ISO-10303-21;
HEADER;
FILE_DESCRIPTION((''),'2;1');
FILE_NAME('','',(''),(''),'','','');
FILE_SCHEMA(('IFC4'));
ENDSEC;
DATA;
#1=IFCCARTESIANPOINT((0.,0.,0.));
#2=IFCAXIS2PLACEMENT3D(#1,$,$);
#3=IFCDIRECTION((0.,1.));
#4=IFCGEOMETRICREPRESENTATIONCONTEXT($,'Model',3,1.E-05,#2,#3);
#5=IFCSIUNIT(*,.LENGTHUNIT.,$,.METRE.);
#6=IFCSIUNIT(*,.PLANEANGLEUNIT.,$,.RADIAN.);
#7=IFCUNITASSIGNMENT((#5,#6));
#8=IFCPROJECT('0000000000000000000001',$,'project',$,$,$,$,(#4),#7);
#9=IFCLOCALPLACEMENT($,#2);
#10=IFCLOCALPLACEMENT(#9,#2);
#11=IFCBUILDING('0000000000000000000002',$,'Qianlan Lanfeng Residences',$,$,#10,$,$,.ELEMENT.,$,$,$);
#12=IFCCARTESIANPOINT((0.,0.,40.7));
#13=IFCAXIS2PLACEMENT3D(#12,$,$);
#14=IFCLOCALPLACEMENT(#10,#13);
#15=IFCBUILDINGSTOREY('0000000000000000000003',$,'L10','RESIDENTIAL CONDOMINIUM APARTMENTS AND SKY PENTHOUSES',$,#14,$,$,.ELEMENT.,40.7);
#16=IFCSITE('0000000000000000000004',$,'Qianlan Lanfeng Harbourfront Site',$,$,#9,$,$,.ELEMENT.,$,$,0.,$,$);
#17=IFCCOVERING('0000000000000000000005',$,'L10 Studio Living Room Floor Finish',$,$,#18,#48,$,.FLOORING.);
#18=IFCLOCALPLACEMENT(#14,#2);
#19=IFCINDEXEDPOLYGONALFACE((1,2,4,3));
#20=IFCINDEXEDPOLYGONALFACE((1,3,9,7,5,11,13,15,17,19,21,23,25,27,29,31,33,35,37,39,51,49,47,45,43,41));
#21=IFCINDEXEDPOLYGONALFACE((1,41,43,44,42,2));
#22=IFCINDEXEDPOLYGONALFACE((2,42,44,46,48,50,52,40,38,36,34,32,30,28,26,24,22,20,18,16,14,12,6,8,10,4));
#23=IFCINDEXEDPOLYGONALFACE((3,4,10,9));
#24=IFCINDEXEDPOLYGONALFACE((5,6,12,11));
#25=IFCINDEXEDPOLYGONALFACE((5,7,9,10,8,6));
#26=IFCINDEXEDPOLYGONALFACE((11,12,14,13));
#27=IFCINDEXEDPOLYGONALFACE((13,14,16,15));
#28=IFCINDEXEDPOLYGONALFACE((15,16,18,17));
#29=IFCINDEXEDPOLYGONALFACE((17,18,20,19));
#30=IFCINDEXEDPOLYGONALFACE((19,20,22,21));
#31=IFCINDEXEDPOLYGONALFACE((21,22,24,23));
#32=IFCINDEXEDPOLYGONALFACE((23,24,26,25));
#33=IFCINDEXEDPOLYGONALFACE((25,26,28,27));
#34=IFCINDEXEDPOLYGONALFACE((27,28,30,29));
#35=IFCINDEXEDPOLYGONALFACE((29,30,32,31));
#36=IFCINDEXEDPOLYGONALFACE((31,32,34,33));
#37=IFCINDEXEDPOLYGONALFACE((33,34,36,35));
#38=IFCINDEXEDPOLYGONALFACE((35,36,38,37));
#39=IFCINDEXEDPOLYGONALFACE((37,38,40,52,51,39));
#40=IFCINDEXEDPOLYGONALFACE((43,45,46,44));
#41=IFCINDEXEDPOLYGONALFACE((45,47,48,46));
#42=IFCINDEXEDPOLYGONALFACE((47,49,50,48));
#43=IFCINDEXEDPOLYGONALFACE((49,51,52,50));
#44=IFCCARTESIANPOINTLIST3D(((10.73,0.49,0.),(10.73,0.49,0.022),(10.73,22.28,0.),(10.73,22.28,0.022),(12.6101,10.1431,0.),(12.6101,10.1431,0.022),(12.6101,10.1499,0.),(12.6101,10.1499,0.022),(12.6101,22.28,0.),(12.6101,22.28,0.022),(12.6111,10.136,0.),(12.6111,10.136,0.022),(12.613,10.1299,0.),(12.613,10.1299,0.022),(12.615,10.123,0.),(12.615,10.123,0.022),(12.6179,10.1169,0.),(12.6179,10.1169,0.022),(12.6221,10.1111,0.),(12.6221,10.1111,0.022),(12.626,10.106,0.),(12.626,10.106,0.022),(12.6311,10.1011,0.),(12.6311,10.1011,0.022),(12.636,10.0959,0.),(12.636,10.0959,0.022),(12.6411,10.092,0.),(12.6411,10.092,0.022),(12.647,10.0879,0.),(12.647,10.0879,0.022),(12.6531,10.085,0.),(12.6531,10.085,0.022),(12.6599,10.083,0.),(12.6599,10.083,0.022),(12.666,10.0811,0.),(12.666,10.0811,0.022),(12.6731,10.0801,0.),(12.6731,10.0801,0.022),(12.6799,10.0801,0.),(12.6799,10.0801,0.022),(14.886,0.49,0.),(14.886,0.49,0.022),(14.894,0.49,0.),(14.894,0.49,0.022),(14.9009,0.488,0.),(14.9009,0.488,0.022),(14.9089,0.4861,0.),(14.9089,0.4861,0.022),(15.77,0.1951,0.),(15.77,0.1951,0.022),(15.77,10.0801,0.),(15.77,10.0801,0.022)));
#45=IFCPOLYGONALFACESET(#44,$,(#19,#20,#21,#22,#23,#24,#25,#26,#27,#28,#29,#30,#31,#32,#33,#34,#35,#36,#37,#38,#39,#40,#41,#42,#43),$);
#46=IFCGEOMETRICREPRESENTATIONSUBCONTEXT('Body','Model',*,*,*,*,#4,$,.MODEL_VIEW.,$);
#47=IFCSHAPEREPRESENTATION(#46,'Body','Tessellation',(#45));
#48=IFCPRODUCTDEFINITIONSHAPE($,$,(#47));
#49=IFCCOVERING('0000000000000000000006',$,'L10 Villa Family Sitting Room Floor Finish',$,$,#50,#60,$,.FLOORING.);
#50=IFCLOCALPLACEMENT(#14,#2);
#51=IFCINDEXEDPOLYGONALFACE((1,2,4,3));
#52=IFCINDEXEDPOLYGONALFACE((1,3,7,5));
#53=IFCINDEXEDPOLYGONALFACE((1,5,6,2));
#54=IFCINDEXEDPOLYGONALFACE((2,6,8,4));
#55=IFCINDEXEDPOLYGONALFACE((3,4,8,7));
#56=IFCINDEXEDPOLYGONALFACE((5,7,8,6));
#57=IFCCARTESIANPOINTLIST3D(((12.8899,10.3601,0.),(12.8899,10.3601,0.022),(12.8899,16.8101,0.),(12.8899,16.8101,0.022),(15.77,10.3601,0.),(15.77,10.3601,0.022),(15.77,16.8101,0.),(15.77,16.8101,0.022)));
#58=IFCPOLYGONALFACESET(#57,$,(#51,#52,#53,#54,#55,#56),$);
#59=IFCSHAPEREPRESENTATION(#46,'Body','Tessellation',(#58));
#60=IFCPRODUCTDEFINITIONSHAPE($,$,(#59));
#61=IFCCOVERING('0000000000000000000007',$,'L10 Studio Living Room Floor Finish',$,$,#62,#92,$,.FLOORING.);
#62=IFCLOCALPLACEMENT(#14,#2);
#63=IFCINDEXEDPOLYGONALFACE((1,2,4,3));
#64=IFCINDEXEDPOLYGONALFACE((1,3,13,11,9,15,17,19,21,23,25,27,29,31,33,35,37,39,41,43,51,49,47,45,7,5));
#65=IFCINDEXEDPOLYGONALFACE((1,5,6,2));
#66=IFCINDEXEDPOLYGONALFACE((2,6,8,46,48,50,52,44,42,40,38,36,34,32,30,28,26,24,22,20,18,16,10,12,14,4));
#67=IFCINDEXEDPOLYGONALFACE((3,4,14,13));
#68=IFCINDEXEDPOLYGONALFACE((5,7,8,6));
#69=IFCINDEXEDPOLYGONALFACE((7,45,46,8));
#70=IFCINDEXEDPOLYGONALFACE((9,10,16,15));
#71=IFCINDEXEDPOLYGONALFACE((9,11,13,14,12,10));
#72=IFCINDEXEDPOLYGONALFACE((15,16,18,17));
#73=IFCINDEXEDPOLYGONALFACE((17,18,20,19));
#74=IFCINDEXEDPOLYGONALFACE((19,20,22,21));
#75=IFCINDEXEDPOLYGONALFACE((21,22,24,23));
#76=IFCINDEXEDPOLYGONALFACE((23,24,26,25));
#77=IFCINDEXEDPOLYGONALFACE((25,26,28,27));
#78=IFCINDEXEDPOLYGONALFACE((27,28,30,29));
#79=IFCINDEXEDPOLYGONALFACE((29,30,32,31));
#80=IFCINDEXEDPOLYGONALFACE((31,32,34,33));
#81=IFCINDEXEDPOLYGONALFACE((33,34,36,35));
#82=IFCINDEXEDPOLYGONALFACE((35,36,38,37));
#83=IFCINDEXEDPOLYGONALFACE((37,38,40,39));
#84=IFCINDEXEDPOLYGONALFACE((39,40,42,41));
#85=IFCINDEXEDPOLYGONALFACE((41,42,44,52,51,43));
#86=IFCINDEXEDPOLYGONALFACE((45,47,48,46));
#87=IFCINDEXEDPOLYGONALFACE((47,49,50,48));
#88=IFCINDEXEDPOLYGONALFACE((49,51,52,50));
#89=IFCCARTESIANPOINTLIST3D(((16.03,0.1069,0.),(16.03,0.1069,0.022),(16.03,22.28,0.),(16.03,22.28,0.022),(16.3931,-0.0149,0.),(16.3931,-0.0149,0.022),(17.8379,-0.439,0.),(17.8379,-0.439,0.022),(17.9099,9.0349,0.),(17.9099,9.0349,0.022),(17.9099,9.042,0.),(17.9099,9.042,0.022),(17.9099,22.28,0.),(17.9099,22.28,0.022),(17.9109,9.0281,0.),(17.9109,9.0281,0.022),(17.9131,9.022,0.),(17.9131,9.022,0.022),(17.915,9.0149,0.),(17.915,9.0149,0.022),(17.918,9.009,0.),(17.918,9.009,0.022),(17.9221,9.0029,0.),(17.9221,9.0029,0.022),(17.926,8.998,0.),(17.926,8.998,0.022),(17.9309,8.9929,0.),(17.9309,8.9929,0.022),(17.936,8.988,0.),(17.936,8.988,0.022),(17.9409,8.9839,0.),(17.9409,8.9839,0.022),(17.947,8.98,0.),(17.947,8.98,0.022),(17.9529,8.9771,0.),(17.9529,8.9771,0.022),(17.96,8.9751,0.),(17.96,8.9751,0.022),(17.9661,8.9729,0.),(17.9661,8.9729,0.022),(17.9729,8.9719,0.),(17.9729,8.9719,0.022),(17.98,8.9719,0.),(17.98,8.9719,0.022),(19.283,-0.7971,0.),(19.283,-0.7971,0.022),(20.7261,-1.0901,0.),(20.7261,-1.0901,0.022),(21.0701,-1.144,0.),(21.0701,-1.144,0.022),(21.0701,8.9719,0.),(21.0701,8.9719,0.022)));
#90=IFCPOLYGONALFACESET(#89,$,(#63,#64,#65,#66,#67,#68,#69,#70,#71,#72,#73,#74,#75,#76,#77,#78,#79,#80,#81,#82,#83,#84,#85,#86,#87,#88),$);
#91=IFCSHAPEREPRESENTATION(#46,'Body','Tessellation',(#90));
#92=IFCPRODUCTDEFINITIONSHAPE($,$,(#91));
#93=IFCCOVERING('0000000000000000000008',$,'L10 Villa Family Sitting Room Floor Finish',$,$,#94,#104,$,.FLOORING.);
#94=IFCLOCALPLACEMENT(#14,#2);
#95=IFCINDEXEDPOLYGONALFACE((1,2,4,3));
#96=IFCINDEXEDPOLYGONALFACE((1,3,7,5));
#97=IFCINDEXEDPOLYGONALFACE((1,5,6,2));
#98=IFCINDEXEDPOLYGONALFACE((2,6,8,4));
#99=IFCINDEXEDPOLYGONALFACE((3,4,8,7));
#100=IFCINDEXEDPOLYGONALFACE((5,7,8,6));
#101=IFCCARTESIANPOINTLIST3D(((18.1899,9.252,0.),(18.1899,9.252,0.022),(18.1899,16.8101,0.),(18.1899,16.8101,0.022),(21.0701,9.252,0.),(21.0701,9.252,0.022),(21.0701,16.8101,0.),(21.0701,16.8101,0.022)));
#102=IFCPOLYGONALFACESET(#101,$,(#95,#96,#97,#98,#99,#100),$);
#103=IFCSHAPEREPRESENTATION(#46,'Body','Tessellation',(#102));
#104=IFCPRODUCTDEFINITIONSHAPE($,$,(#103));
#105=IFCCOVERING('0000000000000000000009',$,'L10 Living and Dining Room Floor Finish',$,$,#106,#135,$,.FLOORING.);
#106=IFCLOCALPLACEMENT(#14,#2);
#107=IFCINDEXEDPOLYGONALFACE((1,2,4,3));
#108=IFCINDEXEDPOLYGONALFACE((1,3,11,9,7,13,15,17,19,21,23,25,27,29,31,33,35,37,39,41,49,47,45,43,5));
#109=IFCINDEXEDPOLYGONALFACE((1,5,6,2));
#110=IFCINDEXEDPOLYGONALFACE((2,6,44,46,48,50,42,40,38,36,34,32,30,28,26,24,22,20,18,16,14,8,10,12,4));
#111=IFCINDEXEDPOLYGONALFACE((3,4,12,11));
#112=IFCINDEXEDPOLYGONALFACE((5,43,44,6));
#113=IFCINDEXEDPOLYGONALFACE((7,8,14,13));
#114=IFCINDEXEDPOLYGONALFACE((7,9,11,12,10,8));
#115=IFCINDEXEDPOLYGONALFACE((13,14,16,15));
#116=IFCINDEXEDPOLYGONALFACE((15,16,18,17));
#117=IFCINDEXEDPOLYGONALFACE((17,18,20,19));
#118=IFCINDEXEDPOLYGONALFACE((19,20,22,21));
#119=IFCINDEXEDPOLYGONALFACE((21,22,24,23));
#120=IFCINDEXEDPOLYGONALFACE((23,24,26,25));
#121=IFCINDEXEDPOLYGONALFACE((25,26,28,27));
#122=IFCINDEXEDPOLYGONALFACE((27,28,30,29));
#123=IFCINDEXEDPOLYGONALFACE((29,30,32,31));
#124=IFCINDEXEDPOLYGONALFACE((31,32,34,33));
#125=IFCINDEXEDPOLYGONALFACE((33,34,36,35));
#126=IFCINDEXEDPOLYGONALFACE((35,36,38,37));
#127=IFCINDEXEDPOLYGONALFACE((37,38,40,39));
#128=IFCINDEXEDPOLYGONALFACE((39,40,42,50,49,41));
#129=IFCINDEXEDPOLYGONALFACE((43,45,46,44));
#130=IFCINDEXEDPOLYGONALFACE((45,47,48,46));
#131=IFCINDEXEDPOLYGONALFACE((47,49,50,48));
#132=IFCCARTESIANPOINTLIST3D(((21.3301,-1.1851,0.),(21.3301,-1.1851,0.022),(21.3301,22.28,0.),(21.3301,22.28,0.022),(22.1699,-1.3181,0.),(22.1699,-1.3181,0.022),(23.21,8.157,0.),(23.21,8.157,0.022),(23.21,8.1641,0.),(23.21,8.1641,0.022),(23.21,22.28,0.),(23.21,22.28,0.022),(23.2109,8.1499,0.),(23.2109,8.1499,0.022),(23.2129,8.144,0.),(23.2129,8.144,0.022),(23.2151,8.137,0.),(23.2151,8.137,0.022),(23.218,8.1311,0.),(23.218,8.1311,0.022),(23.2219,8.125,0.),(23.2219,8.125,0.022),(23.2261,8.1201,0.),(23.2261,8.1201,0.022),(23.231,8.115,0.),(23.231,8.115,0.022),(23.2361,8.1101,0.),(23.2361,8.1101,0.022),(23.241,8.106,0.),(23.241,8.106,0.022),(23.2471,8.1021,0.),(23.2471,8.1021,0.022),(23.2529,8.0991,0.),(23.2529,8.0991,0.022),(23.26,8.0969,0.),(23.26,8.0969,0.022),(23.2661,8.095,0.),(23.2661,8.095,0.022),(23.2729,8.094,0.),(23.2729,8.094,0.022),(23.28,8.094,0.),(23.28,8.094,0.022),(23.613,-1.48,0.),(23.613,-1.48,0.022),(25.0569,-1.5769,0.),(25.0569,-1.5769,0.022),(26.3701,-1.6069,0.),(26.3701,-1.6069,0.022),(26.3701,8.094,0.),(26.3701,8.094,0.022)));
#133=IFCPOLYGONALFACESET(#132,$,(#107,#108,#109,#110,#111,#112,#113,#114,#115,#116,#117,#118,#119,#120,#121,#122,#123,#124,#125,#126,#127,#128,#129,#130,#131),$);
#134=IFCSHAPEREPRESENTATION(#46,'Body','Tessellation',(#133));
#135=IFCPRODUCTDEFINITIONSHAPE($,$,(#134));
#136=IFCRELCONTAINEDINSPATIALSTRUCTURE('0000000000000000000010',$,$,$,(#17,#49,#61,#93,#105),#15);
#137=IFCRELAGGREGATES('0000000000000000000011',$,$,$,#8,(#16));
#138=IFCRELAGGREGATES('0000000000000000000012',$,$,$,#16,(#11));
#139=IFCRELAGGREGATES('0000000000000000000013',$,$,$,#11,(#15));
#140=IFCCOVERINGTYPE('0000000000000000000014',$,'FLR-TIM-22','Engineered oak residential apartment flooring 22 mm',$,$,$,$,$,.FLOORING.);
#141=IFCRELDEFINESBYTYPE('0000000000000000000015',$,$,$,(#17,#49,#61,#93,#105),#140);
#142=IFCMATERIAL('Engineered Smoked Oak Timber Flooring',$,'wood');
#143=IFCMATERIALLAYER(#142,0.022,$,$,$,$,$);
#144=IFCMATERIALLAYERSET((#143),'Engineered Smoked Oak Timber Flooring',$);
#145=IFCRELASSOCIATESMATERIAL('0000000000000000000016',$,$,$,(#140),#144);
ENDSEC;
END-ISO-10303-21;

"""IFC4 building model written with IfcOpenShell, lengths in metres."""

from ifc_helpers import new_model, si_unit, direction, frame, origin, place, context, subcontext, project, spatial, polyline, outline, extrude, material, layer, layer_set, type_object, element, save


model = new_model("IFC4")

# Units and contexts
model_context = context("Model", 3, precision=1e-05, world=origin(), true_north=direction((0.0, 1.0)))
body_context = subcontext(model_context, "Body", "Model", "MODEL_VIEW")
ifc_project = project(units=[si_unit("LENGTHUNIT", "METRE"), si_unit("PLANEANGLEUNIT", "RADIAN")], contexts=[model_context])

# Site, building, storey
site_placement = place(None, origin())
site = spatial("IfcSite", under=ifc_project, at=site_placement, Name="Qianlan Lanfeng Harbourfront Site", CompositionType="ELEMENT", RefElevation=0.0)
building_placement = place(site_placement, origin())
building = spatial("IfcBuilding", under=site, at=building_placement, Name="Qianlan Lanfeng Residences", CompositionType="ELEMENT")
storey_placement = place(building_placement, frame((0.0, 0.0, 40.7)))
storey = spatial("IfcBuildingStorey", under=building, at=storey_placement, Name="L10", Description="RESIDENTIAL CONDOMINIUM APARTMENTS AND SKY PENTHOUSES", CompositionType="ELEMENT", Elevation=40.7)

# Coverings
ifc_material_1 = material(Name="Engineered Smoked Oak Timber Flooring", Category="wood")
ifc_layer_1 = layer(ifc_material_1, 0.022)
ifc_layer_set_1 = layer_set([ifc_layer_1], Name="Engineered Smoked Oak Timber Flooring")
covering_type_1 = type_object("IfcCoveringType", Name="FLR-TIM-22", Description="Engineered oak residential apartment flooring 22 mm", PredefinedType="FLOORING", material=ifc_layer_set_1)
covering_1_placement = place(storey_placement, origin())
element("IfcCovering", 1, at=covering_1_placement, inside=storey, type_object=covering_type_1, Name="L10 Studio Living Room Floor Finish", PredefinedType="FLOORING", context=body_context, shape_type="SweptSolid", body=[
    extrude(outline(polyline([(15.77, 0.1951), (15.77, 10.0801), (12.6799, 10.0801), (12.6731, 10.0801), (12.666, 10.0811), (12.6599, 10.083), (12.6531, 10.085), (12.647, 10.0879), (12.6411, 10.092), (12.636, 10.0959), (12.6311, 10.1011), (12.626, 10.106), (12.6221, 10.1111), (12.6179, 10.1169), (12.615, 10.123), (12.613, 10.1299), (12.6111, 10.136), (12.6101, 10.1431), (12.6101, 10.1499), (12.6101, 22.28), (10.73, 22.28), (10.73, 0.49), (14.886, 0.49), (14.894, 0.49), (14.9009, 0.488), (14.9089, 0.4861), (15.77, 0.1951)])), origin(), (0.0, 0.0, 1.0), 0.022),
])
covering_2_placement = place(storey_placement, origin())
element("IfcCovering", 2, at=covering_2_placement, inside=storey, type_object=covering_type_1, Name="L10 Villa Family Sitting Room Floor Finish", PredefinedType="FLOORING", context=body_context, shape_type="SweptSolid", body=[
    extrude(outline(polyline([(12.8899, 16.8101), (12.8899, 10.3601), (15.77, 10.3601), (15.77, 16.8101), (12.8899, 16.8101)])), origin(), (0.0, 0.0, 1.0), 0.022),
])
covering_3_placement = place(storey_placement, origin())
element("IfcCovering", 3, at=covering_3_placement, inside=storey, type_object=covering_type_1, Name="L10 Studio Living Room Floor Finish", PredefinedType="FLOORING", context=body_context, shape_type="SweptSolid", body=[
    extrude(outline(polyline([(21.0701, -1.144), (21.0701, 8.9719), (17.98, 8.9719), (17.9729, 8.9719), (17.9661, 8.9729), (17.96, 8.9751), (17.9529, 8.9771), (17.947, 8.98), (17.9409, 8.9839), (17.936, 8.988), (17.9309, 8.9929), (17.926, 8.998), (17.9221, 9.0029), (17.918, 9.009), (17.915, 9.0149), (17.9131, 9.022), (17.9109, 9.0281), (17.9099, 9.0349), (17.9099, 9.042), (17.9099, 22.28), (16.03, 22.28), (16.03, 0.1069), (16.3931, -0.0149), (17.8379, -0.439), (19.283, -0.7971), (20.7261, -1.0901), (21.0701, -1.144)])), origin(), (0.0, 0.0, 1.0), 0.022),
])
covering_4_placement = place(storey_placement, origin())
element("IfcCovering", 4, at=covering_4_placement, inside=storey, type_object=covering_type_1, Name="L10 Villa Family Sitting Room Floor Finish", PredefinedType="FLOORING", context=body_context, shape_type="SweptSolid", body=[
    extrude(outline(polyline([(18.1899, 16.8101), (18.1899, 9.252), (21.0701, 9.252), (21.0701, 16.8101), (18.1899, 16.8101)])), origin(), (0.0, 0.0, 1.0), 0.022),
])
covering_5_placement = place(storey_placement, origin())
element("IfcCovering", 5, at=covering_5_placement, inside=storey, type_object=covering_type_1, Name="L10 Living and Dining Room Floor Finish", PredefinedType="FLOORING", context=body_context, shape_type="SweptSolid", body=[
    extrude(outline(polyline([(26.3701, -1.6069), (26.3701, 8.094), (23.28, 8.094), (23.2729, 8.094), (23.2661, 8.095), (23.26, 8.0969), (23.2529, 8.0991), (23.2471, 8.1021), (23.241, 8.106), (23.2361, 8.1101), (23.231, 8.115), (23.2261, 8.1201), (23.2219, 8.125), (23.218, 8.1311), (23.2151, 8.137), (23.2129, 8.144), (23.2109, 8.1499), (23.21, 8.157), (23.21, 8.1641), (23.21, 22.28), (21.3301, 22.28), (21.3301, -1.1851), (22.1699, -1.3181), (23.613, -1.48), (25.0569, -1.5769), (26.3701, -1.6069)])), origin(), (0.0, 0.0, 1.0), 0.022),
])

save(model, "model.ifc")
